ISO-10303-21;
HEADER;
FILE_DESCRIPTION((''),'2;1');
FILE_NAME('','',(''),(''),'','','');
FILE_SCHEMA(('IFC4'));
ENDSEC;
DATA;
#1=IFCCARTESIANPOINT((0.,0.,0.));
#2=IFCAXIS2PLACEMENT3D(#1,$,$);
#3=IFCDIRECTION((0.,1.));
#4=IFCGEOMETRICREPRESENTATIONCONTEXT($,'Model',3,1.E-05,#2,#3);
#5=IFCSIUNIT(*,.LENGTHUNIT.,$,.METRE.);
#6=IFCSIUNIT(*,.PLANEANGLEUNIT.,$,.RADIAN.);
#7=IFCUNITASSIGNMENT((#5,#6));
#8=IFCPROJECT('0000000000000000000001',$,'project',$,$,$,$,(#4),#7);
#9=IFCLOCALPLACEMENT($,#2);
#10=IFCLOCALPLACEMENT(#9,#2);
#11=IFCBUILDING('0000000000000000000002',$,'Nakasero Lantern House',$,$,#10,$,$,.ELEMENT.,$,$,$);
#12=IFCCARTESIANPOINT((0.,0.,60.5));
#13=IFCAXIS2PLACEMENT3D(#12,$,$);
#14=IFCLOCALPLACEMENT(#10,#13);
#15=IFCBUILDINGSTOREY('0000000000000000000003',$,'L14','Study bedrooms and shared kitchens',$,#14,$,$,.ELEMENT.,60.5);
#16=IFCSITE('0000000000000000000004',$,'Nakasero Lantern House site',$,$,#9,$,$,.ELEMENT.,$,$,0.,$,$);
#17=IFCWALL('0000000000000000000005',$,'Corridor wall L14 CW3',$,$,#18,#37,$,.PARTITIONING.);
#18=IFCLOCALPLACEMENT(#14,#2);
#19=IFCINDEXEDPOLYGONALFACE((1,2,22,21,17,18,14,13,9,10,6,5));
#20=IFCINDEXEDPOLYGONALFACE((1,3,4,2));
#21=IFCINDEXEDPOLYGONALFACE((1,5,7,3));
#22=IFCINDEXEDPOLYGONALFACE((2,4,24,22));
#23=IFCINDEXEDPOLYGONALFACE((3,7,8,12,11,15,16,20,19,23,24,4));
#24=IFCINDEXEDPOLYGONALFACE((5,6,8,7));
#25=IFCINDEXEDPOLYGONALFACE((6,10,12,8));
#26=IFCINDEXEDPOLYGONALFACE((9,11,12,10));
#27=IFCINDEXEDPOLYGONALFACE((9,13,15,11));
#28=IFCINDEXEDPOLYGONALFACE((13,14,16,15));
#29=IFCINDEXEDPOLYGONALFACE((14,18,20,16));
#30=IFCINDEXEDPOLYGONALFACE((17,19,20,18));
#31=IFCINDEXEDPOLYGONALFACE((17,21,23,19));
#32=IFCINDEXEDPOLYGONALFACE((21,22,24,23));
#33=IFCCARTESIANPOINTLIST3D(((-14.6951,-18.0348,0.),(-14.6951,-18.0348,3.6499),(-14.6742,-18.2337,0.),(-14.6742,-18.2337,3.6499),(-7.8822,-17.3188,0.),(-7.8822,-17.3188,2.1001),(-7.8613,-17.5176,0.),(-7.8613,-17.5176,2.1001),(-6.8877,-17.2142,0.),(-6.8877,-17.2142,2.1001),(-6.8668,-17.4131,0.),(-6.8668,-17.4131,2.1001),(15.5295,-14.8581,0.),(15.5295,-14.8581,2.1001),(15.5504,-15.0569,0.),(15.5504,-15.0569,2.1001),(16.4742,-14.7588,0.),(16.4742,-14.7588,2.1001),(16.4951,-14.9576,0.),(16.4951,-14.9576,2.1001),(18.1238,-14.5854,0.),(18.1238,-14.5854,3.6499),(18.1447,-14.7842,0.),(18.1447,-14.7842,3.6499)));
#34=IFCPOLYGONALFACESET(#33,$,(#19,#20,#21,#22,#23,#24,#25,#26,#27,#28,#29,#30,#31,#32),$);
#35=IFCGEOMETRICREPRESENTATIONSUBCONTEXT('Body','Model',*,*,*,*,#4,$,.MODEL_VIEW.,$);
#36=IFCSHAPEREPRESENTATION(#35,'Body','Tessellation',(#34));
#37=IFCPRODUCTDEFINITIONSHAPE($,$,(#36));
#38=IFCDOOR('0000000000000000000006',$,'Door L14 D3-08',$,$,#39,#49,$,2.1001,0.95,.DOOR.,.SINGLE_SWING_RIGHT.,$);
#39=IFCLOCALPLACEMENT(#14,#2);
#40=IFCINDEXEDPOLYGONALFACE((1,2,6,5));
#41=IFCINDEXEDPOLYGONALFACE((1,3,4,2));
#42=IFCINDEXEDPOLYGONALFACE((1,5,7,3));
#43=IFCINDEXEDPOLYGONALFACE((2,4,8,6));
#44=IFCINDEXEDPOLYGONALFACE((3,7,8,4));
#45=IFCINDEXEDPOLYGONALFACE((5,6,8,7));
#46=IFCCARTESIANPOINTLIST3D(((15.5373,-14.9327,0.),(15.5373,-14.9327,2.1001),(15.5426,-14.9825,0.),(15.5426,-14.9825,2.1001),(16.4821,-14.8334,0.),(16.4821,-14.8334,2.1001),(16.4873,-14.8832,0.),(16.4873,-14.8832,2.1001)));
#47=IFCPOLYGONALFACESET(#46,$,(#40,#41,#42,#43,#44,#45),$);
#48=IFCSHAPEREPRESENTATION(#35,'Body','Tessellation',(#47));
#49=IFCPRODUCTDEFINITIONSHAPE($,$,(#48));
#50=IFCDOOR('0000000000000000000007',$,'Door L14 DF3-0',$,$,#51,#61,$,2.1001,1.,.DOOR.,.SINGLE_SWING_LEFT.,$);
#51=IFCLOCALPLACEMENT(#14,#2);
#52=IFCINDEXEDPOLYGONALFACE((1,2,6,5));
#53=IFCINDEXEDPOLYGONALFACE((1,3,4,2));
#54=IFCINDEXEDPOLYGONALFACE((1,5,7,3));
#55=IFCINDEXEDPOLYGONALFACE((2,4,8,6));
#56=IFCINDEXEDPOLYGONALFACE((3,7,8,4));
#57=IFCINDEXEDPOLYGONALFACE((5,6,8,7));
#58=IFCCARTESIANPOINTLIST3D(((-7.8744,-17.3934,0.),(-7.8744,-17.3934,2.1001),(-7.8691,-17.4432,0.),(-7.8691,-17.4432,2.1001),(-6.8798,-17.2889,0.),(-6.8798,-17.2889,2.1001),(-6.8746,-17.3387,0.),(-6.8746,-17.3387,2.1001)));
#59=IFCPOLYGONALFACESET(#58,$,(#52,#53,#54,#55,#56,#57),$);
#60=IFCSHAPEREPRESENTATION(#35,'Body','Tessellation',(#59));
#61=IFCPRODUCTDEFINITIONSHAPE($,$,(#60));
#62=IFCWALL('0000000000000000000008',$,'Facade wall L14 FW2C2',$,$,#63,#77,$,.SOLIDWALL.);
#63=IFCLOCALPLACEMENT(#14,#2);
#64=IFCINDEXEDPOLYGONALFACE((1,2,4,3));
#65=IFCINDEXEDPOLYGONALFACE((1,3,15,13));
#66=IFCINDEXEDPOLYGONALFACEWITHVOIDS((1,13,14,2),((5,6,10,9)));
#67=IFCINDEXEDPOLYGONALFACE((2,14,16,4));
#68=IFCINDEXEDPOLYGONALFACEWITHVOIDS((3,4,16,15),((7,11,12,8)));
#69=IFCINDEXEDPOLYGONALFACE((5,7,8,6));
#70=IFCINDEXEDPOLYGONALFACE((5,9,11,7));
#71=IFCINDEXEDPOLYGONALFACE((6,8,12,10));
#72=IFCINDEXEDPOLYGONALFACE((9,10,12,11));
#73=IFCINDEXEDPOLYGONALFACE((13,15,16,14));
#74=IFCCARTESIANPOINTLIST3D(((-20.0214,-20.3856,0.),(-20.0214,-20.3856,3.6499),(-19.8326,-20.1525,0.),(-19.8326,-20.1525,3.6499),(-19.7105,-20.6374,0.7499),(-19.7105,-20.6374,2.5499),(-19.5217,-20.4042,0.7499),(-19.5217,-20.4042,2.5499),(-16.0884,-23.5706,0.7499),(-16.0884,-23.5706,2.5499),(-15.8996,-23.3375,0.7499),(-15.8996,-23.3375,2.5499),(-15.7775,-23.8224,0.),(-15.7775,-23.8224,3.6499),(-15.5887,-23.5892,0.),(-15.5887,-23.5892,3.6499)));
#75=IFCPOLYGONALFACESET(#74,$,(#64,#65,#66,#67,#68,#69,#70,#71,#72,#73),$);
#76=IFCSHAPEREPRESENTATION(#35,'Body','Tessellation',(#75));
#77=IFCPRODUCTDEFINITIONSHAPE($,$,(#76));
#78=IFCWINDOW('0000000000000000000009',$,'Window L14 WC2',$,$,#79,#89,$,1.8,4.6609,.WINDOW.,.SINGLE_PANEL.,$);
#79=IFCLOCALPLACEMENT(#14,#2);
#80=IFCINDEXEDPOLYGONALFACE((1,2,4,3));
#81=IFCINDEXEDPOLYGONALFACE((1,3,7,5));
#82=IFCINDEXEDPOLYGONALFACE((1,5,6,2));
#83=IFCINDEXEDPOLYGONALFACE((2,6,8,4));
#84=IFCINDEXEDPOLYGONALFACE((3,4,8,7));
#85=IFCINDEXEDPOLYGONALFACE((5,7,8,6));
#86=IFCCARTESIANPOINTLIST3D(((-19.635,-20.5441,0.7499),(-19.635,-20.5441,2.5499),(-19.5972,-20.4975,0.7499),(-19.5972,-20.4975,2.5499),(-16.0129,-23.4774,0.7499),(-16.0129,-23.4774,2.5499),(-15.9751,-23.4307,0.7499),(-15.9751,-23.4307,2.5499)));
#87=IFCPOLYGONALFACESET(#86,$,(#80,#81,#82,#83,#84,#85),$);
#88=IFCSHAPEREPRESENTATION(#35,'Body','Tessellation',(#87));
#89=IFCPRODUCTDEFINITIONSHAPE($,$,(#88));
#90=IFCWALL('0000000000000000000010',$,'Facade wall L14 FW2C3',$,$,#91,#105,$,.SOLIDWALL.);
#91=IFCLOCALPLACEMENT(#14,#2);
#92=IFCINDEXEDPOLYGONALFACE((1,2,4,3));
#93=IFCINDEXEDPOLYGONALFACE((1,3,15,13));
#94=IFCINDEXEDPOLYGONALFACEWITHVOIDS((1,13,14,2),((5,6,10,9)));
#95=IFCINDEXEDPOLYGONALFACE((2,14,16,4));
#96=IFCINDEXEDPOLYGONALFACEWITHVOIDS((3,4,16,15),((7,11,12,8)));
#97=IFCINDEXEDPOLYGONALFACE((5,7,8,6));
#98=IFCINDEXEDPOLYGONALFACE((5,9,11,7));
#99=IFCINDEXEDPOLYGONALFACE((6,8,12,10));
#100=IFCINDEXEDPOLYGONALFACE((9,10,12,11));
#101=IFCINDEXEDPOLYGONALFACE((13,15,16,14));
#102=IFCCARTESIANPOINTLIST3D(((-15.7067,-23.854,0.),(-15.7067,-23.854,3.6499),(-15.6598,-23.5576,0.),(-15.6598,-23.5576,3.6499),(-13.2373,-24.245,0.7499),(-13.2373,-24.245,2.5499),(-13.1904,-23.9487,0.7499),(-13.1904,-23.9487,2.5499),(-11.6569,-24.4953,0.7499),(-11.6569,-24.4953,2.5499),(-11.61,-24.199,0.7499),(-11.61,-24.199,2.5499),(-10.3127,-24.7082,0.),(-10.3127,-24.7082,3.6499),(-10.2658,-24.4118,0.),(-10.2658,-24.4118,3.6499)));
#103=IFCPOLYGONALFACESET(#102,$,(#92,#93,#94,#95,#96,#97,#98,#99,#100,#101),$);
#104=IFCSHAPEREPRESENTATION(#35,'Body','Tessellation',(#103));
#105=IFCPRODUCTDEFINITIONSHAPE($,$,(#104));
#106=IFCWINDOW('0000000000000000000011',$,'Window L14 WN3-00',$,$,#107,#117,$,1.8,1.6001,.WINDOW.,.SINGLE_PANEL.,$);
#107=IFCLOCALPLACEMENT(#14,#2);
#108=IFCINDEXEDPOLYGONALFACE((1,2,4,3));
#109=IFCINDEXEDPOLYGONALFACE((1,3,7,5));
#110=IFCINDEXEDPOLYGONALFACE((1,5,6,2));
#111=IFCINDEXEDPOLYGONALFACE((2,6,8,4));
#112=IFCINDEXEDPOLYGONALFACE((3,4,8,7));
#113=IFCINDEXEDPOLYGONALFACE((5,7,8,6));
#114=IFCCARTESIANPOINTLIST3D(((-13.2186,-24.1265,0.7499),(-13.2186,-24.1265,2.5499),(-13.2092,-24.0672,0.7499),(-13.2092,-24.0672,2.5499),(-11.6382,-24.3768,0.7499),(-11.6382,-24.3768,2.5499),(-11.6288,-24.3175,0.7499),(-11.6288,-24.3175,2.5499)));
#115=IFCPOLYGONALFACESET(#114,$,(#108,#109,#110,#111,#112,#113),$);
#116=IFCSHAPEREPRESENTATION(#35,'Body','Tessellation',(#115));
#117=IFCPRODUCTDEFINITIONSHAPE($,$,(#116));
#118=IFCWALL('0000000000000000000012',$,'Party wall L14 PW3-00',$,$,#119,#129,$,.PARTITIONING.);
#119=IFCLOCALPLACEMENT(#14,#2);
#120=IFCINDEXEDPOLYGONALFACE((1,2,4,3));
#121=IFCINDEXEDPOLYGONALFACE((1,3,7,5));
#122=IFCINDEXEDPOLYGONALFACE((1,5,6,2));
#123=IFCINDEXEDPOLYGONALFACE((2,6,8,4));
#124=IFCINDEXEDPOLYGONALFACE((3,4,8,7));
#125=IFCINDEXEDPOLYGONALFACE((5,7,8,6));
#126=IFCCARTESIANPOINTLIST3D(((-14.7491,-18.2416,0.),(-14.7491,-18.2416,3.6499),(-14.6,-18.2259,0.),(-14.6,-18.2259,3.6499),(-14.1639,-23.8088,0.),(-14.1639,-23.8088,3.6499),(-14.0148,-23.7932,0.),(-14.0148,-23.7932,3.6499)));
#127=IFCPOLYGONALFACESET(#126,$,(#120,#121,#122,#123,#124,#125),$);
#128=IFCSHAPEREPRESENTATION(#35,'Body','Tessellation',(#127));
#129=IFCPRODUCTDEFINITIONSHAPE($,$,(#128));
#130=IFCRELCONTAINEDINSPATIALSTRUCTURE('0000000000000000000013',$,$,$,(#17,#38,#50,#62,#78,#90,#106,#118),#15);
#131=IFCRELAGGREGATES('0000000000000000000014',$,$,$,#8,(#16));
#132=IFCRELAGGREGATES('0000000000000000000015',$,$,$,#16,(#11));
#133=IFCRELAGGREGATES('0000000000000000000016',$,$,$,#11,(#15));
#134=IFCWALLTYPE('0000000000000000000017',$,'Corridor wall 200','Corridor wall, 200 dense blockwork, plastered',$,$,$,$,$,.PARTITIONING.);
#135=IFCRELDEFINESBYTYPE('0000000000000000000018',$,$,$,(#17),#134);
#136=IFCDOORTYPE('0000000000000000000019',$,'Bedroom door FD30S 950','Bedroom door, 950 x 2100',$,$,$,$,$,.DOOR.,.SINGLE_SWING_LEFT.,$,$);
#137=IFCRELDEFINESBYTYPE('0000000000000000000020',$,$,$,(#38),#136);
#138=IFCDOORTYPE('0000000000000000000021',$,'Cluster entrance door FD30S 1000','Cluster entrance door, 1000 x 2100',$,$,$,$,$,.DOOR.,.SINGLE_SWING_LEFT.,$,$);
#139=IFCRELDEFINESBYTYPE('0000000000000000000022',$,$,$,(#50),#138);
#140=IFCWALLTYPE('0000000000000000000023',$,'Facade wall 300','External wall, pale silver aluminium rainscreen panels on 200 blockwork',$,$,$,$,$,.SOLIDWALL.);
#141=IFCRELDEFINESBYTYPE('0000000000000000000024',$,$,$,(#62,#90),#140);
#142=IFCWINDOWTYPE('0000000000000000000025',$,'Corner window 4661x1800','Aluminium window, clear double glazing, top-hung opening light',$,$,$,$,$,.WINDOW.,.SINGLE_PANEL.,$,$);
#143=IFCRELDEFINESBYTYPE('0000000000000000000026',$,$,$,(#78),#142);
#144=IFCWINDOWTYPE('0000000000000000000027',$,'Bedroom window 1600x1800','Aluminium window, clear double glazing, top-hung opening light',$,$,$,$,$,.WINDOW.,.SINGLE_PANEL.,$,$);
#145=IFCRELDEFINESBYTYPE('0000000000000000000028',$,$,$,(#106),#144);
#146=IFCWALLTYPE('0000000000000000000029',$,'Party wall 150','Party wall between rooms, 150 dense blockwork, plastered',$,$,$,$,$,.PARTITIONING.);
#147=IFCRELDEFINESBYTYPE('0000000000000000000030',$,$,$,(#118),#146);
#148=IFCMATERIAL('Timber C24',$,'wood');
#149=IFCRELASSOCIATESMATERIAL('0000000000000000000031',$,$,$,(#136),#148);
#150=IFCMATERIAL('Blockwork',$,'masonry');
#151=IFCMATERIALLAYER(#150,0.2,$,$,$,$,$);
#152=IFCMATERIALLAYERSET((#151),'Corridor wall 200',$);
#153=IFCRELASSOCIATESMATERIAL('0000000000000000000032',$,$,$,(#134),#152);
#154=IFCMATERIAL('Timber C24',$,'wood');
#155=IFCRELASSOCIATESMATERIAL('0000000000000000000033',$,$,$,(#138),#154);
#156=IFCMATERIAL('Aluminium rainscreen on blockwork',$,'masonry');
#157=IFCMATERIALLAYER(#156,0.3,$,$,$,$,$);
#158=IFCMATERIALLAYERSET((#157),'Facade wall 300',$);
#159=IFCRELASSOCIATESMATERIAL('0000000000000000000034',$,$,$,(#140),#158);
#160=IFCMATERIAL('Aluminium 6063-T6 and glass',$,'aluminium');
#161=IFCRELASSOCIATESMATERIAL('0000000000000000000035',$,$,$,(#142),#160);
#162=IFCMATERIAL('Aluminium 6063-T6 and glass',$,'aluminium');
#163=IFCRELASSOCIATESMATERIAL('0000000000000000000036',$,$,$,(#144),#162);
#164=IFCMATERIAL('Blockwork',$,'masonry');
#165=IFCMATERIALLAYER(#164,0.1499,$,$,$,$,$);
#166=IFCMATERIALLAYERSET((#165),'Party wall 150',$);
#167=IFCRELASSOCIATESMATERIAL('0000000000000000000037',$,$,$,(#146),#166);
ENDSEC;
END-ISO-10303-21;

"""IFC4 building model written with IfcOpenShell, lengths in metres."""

from ifc_helpers import new_model, si_unit, direction, frame, frame_2d, origin, place, context, subcontext, project, spatial, rectangle, extrude, material, layer, layer_set, type_object, element, fill, save


model = new_model("IFC4")

# Units and contexts
model_context = context("Model", 3, precision=1e-05, world=origin(), true_north=direction((0.0, 1.0)))
body_context = subcontext(model_context, "Body", "Model", "MODEL_VIEW")
ifc_project = project(units=[si_unit("LENGTHUNIT", "METRE"), si_unit("PLANEANGLEUNIT", "RADIAN")], contexts=[model_context])

# Site, building, storey
site_placement = place(None, origin())
site = spatial("IfcSite", under=ifc_project, at=site_placement, Name="Nakasero Lantern House site", CompositionType="ELEMENT", RefElevation=0.0)
building_placement = place(site_placement, origin())
building = spatial("IfcBuilding", under=site, at=building_placement, Name="Nakasero Lantern House", CompositionType="ELEMENT")
storey_placement = place(building_placement, frame((0.0, 0.0, 60.5)))
storey = spatial("IfcBuildingStorey", under=building, at=storey_placement, Name="L14", Description="Study bedrooms and shared kitchens", CompositionType="ELEMENT", Elevation=60.5)

# Wall, openings, doors
ifc_material_1 = material(Name="Timber C24", Category="wood")
door_type_1 = type_object("IfcDoorType", Name="Bedroom door FD30S 950", Description="Bedroom door, 950 x 2100", OperationType="SINGLE_SWING_LEFT", PredefinedType="DOOR", material=ifc_material_1)
ifc_material_2 = material(Name="Blockwork", Category="masonry")
ifc_layer_1 = layer(ifc_material_2, 0.2)
ifc_layer_set_1 = layer_set([ifc_layer_1], Name="Corridor wall 200")
wall_type_1 = type_object("IfcWallType", Name="Corridor wall 200", Description="Corridor wall, 200 dense blockwork, plastered", PredefinedType="PARTITIONING", material=ifc_layer_set_1)
wall_1_placement = place(storey_placement, frame((-14.6848, -18.1343, 0.0), z_axis=(0.0, 0.0, 1.0), x_axis=(0.994522, 0.10453, 0.0)))
wall_1 = element("IfcWall", 1, at=wall_1_placement, inside=storey, type_object=wall_type_1, Name="Corridor wall L14 CW3", PredefinedType="PARTITIONING", context=body_context, shape_type="SweptSolid", body=[
    extrude(rectangle(XDim=32.9998, YDim=0.2, at=frame_2d((16.5, 0.0))), origin(), (0.0, 0.0, 1.0), 3.6499),
])
opening_1_placement = place(wall_1_placement, frame((6.8506, 0.0, 0.0)))
opening_1 = element("IfcOpeningElement", 2, at=opening_1_placement, cuts=wall_1, PredefinedType="OPENING", context=body_context, shape_type="SweptSolid", body=[
    extrude(rectangle(XDim=1.0, YDim=2.1001, at=frame_2d((0.5, 1.05))), frame((0.0, 0.1199, 0.0), z_axis=(0.0, -1.0, 0.0), x_axis=(1.0, 0.0, 0.0)), (0.0, 0.0, 1.0), 0.24),
])
opening_2_placement = place(wall_1_placement, frame((30.3911, 0.0, 0.0)))
opening_2 = element("IfcOpeningElement", 3, at=opening_2_placement, cuts=wall_1, PredefinedType="OPENING", context=body_context, shape_type="SweptSolid", body=[
    extrude(rectangle(XDim=0.95, YDim=2.1001, at=frame_2d((0.4751, 1.05))), frame((0.0, 0.1199, 0.0), z_axis=(0.0, -1.0, 0.0), x_axis=(1.0, 0.0, 0.0)), (0.0, 0.0, 1.0), 0.24),
])
door_1_placement = place(opening_2_placement, origin())
door_1 = element("IfcDoor", 4, at=door_1_placement, inside=storey, type_object=door_type_1, Name="Door L14 D3-08", OperationType="SINGLE_SWING_RIGHT", OverallHeight=2.1001, OverallWidth=0.95, PredefinedType="DOOR", context=body_context, shape_type="SweptSolid", body=[
    extrude(rectangle(XDim=0.95, YDim=2.1001, at=frame_2d((0.4751, 1.05))), frame((0.0, 0.0249, 0.0), z_axis=(0.0, -1.0, 0.0), x_axis=(1.0, 0.0, 0.0)), (0.0, 0.0, 1.0), 0.05),
])
fill(opening_2, door_1)
ifc_material_3 = material(Name="Timber C24", Category="wood")
door_type_2 = type_object("IfcDoorType", Name="Cluster entrance door FD30S 1000", Description="Cluster entrance door, 1000 x 2100", OperationType="SINGLE_SWING_LEFT", PredefinedType="DOOR", material=ifc_material_3)
door_2_placement = place(opening_1_placement, origin())
door_2 = element("IfcDoor", 5, at=door_2_placement, inside=storey, type_object=door_type_2, Name="Door L14 DF3-0", OperationType="SINGLE_SWING_LEFT", OverallHeight=2.1001, OverallWidth=1.0, PredefinedType="DOOR", context=body_context, shape_type="SweptSolid", body=[
    extrude(rectangle(XDim=1.0, YDim=2.1001, at=frame_2d((0.5, 1.05))), frame((0.0, 0.0249, 0.0), z_axis=(0.0, -1.0, 0.0), x_axis=(1.0, 0.0, 0.0)), (0.0, 0.0, 1.0), 0.05),
])
fill(opening_1, door_2)

# Walls, openings, windows
ifc_material_4 = material(Name="Aluminium rainscreen on blockwork", Category="masonry")
ifc_layer_2 = layer(ifc_material_4, 0.3)
ifc_layer_set_2 = layer_set([ifc_layer_2], Name="Facade wall 300")
wall_type_2 = type_object("IfcWallType", Name="Facade wall 300", Description="External wall, pale silver aluminium rainscreen panels on 200 blockwork", PredefinedType="SOLIDWALL", material=ifc_layer_set_2)
wall_2_placement = place(storey_placement, frame((-19.927, -20.269, 0.0), z_axis=(0.0, 0.0, 1.0), x_axis=(0.777135, -0.629335, 0.0)))
wall_2 = element("IfcWall", 6, at=wall_2_placement, inside=storey, type_object=wall_type_2, Name="Facade wall L14 FW2C2", PredefinedType="SOLIDWALL", context=body_context, shape_type="SweptSolid", body=[
    extrude(rectangle(XDim=5.4609, YDim=0.3, at=frame_2d((2.7305, 0.0))), origin(), (0.0, 0.0, 1.0), 3.6499),
])
opening_3_placement = place(wall_2_placement, frame((0.3999, 0.0, 0.75)))
opening_3 = element("IfcOpeningElement", 7, at=opening_3_placement, cuts=wall_2, PredefinedType="OPENING", context=body_context, shape_type="SweptSolid", body=[
    extrude(rectangle(XDim=4.6609, YDim=1.8, at=frame_2d((2.3306, 0.8999))), frame((0.0, 0.1699, 0.0), z_axis=(0.0, -1.0, 0.0), x_axis=(1.0, 0.0, 0.0)), (0.0, 0.0, 1.0), 0.3401),
])
ifc_material_5 = material(Name="Aluminium 6063-T6 and glass", Category="aluminium")
window_type_1 = type_object("IfcWindowType", Name="Corner window 4661x1800", Description="Aluminium window, clear double glazing, top-hung opening light", PartitioningType="SINGLE_PANEL", PredefinedType="WINDOW", material=ifc_material_5)
window_1_placement = place(opening_3_placement, origin())
window_1 = element("IfcWindow", 8, at=window_1_placement, inside=storey, type_object=window_type_1, Name="Window L14 WC2", OverallHeight=1.8, OverallWidth=4.6609, PartitioningType="SINGLE_PANEL", PredefinedType="WINDOW", context=body_context, shape_type="SweptSolid", body=[
    extrude(rectangle(XDim=4.6609, YDim=1.8, at=frame_2d((2.3306, 0.8999))), frame((0.0, 0.03, 0.0), z_axis=(0.0, -1.0, 0.0), x_axis=(1.0, 0.0, 0.0)), (0.0, 0.0, 1.0), 0.0601),
])
fill(opening_3, window_1)
wall_3_placement = place(storey_placement, frame((-15.6831, -23.7058, 0.0), z_axis=(0.0, 0.0, 1.0), x_axis=(0.987691, -0.156419, 0.0)))
wall_3 = element("IfcWall", 9, at=wall_3_placement, inside=storey, type_object=wall_type_2, Name="Facade wall L14 FW2C3", PredefinedType="SOLIDWALL", context=body_context, shape_type="SweptSolid", body=[
    extrude(rectangle(XDim=5.4612, YDim=0.3, at=frame_2d((2.7305, 0.0))), origin(), (0.0, 0.0, 1.0), 3.6499),
])
opening_4_placement = place(wall_3_placement, frame((2.5, 0.0, 0.75)))
opening_4 = element("IfcOpeningElement", 10, at=opening_4_placement, cuts=wall_3, PredefinedType="OPENING", context=body_context, shape_type="SweptSolid", body=[
    extrude(rectangle(XDim=1.6001, YDim=1.8, at=frame_2d((0.8, 0.8999))), frame((0.0, 0.1699, 0.0), z_axis=(0.0, -1.0, 0.0), x_axis=(1.0, 0.0, 0.0)), (0.0, 0.0, 1.0), 0.3401),
])
ifc_material_6 = material(Name="Aluminium 6063-T6 and glass", Category="aluminium")
window_type_2 = type_object("IfcWindowType", Name="Bedroom window 1600x1800", Description="Aluminium window, clear double glazing, top-hung opening light", PartitioningType="SINGLE_PANEL", PredefinedType="WINDOW", material=ifc_material_6)
window_2_placement = place(opening_4_placement, origin())
window_2 = element("IfcWindow", 11, at=window_2_placement, inside=storey, type_object=window_type_2, Name="Window L14 WN3-00", OverallHeight=1.8, OverallWidth=1.6001, PartitioningType="SINGLE_PANEL", PredefinedType="WINDOW", context=body_context, shape_type="SweptSolid", body=[
    extrude(rectangle(XDim=1.6001, YDim=1.8, at=frame_2d((0.8, 0.8999))), frame((0.0, 0.03, 0.0), z_axis=(0.0, -1.0, 0.0), x_axis=(1.0, 0.0, 0.0)), (0.0, 0.0, 1.0), 0.0601),
])
fill(opening_4, window_2)

# Wall
ifc_material_7 = material(Name="Blockwork", Category="masonry")
ifc_layer_3 = layer(ifc_material_7, 0.1499)
ifc_layer_set_3 = layer_set([ifc_layer_3], Name="Party wall 150")
wall_type_3 = type_object("IfcWallType", Name="Party wall 150", Description="Party wall between rooms, 150 dense blockwork, plastered", PredefinedType="PARTITIONING", material=ifc_layer_set_3)
wall_4_placement = place(storey_placement, frame((-14.6746, -18.2339, 0.0), z_axis=(0.0, 0.0, 1.0), x_axis=(0.104542, -0.99452, 0.0)))
element("IfcWall", 12, at=wall_4_placement, inside=storey, type_object=wall_type_3, Name="Party wall L14 PW3-00", PredefinedType="PARTITIONING", context=body_context, shape_type="SweptSolid", body=[
    extrude(rectangle(XDim=5.5979, YDim=0.1499, at=frame_2d((2.7988, 0.0))), origin(), (0.0, 0.0, 1.0), 3.6499),
])

save(model, "model.ifc")
